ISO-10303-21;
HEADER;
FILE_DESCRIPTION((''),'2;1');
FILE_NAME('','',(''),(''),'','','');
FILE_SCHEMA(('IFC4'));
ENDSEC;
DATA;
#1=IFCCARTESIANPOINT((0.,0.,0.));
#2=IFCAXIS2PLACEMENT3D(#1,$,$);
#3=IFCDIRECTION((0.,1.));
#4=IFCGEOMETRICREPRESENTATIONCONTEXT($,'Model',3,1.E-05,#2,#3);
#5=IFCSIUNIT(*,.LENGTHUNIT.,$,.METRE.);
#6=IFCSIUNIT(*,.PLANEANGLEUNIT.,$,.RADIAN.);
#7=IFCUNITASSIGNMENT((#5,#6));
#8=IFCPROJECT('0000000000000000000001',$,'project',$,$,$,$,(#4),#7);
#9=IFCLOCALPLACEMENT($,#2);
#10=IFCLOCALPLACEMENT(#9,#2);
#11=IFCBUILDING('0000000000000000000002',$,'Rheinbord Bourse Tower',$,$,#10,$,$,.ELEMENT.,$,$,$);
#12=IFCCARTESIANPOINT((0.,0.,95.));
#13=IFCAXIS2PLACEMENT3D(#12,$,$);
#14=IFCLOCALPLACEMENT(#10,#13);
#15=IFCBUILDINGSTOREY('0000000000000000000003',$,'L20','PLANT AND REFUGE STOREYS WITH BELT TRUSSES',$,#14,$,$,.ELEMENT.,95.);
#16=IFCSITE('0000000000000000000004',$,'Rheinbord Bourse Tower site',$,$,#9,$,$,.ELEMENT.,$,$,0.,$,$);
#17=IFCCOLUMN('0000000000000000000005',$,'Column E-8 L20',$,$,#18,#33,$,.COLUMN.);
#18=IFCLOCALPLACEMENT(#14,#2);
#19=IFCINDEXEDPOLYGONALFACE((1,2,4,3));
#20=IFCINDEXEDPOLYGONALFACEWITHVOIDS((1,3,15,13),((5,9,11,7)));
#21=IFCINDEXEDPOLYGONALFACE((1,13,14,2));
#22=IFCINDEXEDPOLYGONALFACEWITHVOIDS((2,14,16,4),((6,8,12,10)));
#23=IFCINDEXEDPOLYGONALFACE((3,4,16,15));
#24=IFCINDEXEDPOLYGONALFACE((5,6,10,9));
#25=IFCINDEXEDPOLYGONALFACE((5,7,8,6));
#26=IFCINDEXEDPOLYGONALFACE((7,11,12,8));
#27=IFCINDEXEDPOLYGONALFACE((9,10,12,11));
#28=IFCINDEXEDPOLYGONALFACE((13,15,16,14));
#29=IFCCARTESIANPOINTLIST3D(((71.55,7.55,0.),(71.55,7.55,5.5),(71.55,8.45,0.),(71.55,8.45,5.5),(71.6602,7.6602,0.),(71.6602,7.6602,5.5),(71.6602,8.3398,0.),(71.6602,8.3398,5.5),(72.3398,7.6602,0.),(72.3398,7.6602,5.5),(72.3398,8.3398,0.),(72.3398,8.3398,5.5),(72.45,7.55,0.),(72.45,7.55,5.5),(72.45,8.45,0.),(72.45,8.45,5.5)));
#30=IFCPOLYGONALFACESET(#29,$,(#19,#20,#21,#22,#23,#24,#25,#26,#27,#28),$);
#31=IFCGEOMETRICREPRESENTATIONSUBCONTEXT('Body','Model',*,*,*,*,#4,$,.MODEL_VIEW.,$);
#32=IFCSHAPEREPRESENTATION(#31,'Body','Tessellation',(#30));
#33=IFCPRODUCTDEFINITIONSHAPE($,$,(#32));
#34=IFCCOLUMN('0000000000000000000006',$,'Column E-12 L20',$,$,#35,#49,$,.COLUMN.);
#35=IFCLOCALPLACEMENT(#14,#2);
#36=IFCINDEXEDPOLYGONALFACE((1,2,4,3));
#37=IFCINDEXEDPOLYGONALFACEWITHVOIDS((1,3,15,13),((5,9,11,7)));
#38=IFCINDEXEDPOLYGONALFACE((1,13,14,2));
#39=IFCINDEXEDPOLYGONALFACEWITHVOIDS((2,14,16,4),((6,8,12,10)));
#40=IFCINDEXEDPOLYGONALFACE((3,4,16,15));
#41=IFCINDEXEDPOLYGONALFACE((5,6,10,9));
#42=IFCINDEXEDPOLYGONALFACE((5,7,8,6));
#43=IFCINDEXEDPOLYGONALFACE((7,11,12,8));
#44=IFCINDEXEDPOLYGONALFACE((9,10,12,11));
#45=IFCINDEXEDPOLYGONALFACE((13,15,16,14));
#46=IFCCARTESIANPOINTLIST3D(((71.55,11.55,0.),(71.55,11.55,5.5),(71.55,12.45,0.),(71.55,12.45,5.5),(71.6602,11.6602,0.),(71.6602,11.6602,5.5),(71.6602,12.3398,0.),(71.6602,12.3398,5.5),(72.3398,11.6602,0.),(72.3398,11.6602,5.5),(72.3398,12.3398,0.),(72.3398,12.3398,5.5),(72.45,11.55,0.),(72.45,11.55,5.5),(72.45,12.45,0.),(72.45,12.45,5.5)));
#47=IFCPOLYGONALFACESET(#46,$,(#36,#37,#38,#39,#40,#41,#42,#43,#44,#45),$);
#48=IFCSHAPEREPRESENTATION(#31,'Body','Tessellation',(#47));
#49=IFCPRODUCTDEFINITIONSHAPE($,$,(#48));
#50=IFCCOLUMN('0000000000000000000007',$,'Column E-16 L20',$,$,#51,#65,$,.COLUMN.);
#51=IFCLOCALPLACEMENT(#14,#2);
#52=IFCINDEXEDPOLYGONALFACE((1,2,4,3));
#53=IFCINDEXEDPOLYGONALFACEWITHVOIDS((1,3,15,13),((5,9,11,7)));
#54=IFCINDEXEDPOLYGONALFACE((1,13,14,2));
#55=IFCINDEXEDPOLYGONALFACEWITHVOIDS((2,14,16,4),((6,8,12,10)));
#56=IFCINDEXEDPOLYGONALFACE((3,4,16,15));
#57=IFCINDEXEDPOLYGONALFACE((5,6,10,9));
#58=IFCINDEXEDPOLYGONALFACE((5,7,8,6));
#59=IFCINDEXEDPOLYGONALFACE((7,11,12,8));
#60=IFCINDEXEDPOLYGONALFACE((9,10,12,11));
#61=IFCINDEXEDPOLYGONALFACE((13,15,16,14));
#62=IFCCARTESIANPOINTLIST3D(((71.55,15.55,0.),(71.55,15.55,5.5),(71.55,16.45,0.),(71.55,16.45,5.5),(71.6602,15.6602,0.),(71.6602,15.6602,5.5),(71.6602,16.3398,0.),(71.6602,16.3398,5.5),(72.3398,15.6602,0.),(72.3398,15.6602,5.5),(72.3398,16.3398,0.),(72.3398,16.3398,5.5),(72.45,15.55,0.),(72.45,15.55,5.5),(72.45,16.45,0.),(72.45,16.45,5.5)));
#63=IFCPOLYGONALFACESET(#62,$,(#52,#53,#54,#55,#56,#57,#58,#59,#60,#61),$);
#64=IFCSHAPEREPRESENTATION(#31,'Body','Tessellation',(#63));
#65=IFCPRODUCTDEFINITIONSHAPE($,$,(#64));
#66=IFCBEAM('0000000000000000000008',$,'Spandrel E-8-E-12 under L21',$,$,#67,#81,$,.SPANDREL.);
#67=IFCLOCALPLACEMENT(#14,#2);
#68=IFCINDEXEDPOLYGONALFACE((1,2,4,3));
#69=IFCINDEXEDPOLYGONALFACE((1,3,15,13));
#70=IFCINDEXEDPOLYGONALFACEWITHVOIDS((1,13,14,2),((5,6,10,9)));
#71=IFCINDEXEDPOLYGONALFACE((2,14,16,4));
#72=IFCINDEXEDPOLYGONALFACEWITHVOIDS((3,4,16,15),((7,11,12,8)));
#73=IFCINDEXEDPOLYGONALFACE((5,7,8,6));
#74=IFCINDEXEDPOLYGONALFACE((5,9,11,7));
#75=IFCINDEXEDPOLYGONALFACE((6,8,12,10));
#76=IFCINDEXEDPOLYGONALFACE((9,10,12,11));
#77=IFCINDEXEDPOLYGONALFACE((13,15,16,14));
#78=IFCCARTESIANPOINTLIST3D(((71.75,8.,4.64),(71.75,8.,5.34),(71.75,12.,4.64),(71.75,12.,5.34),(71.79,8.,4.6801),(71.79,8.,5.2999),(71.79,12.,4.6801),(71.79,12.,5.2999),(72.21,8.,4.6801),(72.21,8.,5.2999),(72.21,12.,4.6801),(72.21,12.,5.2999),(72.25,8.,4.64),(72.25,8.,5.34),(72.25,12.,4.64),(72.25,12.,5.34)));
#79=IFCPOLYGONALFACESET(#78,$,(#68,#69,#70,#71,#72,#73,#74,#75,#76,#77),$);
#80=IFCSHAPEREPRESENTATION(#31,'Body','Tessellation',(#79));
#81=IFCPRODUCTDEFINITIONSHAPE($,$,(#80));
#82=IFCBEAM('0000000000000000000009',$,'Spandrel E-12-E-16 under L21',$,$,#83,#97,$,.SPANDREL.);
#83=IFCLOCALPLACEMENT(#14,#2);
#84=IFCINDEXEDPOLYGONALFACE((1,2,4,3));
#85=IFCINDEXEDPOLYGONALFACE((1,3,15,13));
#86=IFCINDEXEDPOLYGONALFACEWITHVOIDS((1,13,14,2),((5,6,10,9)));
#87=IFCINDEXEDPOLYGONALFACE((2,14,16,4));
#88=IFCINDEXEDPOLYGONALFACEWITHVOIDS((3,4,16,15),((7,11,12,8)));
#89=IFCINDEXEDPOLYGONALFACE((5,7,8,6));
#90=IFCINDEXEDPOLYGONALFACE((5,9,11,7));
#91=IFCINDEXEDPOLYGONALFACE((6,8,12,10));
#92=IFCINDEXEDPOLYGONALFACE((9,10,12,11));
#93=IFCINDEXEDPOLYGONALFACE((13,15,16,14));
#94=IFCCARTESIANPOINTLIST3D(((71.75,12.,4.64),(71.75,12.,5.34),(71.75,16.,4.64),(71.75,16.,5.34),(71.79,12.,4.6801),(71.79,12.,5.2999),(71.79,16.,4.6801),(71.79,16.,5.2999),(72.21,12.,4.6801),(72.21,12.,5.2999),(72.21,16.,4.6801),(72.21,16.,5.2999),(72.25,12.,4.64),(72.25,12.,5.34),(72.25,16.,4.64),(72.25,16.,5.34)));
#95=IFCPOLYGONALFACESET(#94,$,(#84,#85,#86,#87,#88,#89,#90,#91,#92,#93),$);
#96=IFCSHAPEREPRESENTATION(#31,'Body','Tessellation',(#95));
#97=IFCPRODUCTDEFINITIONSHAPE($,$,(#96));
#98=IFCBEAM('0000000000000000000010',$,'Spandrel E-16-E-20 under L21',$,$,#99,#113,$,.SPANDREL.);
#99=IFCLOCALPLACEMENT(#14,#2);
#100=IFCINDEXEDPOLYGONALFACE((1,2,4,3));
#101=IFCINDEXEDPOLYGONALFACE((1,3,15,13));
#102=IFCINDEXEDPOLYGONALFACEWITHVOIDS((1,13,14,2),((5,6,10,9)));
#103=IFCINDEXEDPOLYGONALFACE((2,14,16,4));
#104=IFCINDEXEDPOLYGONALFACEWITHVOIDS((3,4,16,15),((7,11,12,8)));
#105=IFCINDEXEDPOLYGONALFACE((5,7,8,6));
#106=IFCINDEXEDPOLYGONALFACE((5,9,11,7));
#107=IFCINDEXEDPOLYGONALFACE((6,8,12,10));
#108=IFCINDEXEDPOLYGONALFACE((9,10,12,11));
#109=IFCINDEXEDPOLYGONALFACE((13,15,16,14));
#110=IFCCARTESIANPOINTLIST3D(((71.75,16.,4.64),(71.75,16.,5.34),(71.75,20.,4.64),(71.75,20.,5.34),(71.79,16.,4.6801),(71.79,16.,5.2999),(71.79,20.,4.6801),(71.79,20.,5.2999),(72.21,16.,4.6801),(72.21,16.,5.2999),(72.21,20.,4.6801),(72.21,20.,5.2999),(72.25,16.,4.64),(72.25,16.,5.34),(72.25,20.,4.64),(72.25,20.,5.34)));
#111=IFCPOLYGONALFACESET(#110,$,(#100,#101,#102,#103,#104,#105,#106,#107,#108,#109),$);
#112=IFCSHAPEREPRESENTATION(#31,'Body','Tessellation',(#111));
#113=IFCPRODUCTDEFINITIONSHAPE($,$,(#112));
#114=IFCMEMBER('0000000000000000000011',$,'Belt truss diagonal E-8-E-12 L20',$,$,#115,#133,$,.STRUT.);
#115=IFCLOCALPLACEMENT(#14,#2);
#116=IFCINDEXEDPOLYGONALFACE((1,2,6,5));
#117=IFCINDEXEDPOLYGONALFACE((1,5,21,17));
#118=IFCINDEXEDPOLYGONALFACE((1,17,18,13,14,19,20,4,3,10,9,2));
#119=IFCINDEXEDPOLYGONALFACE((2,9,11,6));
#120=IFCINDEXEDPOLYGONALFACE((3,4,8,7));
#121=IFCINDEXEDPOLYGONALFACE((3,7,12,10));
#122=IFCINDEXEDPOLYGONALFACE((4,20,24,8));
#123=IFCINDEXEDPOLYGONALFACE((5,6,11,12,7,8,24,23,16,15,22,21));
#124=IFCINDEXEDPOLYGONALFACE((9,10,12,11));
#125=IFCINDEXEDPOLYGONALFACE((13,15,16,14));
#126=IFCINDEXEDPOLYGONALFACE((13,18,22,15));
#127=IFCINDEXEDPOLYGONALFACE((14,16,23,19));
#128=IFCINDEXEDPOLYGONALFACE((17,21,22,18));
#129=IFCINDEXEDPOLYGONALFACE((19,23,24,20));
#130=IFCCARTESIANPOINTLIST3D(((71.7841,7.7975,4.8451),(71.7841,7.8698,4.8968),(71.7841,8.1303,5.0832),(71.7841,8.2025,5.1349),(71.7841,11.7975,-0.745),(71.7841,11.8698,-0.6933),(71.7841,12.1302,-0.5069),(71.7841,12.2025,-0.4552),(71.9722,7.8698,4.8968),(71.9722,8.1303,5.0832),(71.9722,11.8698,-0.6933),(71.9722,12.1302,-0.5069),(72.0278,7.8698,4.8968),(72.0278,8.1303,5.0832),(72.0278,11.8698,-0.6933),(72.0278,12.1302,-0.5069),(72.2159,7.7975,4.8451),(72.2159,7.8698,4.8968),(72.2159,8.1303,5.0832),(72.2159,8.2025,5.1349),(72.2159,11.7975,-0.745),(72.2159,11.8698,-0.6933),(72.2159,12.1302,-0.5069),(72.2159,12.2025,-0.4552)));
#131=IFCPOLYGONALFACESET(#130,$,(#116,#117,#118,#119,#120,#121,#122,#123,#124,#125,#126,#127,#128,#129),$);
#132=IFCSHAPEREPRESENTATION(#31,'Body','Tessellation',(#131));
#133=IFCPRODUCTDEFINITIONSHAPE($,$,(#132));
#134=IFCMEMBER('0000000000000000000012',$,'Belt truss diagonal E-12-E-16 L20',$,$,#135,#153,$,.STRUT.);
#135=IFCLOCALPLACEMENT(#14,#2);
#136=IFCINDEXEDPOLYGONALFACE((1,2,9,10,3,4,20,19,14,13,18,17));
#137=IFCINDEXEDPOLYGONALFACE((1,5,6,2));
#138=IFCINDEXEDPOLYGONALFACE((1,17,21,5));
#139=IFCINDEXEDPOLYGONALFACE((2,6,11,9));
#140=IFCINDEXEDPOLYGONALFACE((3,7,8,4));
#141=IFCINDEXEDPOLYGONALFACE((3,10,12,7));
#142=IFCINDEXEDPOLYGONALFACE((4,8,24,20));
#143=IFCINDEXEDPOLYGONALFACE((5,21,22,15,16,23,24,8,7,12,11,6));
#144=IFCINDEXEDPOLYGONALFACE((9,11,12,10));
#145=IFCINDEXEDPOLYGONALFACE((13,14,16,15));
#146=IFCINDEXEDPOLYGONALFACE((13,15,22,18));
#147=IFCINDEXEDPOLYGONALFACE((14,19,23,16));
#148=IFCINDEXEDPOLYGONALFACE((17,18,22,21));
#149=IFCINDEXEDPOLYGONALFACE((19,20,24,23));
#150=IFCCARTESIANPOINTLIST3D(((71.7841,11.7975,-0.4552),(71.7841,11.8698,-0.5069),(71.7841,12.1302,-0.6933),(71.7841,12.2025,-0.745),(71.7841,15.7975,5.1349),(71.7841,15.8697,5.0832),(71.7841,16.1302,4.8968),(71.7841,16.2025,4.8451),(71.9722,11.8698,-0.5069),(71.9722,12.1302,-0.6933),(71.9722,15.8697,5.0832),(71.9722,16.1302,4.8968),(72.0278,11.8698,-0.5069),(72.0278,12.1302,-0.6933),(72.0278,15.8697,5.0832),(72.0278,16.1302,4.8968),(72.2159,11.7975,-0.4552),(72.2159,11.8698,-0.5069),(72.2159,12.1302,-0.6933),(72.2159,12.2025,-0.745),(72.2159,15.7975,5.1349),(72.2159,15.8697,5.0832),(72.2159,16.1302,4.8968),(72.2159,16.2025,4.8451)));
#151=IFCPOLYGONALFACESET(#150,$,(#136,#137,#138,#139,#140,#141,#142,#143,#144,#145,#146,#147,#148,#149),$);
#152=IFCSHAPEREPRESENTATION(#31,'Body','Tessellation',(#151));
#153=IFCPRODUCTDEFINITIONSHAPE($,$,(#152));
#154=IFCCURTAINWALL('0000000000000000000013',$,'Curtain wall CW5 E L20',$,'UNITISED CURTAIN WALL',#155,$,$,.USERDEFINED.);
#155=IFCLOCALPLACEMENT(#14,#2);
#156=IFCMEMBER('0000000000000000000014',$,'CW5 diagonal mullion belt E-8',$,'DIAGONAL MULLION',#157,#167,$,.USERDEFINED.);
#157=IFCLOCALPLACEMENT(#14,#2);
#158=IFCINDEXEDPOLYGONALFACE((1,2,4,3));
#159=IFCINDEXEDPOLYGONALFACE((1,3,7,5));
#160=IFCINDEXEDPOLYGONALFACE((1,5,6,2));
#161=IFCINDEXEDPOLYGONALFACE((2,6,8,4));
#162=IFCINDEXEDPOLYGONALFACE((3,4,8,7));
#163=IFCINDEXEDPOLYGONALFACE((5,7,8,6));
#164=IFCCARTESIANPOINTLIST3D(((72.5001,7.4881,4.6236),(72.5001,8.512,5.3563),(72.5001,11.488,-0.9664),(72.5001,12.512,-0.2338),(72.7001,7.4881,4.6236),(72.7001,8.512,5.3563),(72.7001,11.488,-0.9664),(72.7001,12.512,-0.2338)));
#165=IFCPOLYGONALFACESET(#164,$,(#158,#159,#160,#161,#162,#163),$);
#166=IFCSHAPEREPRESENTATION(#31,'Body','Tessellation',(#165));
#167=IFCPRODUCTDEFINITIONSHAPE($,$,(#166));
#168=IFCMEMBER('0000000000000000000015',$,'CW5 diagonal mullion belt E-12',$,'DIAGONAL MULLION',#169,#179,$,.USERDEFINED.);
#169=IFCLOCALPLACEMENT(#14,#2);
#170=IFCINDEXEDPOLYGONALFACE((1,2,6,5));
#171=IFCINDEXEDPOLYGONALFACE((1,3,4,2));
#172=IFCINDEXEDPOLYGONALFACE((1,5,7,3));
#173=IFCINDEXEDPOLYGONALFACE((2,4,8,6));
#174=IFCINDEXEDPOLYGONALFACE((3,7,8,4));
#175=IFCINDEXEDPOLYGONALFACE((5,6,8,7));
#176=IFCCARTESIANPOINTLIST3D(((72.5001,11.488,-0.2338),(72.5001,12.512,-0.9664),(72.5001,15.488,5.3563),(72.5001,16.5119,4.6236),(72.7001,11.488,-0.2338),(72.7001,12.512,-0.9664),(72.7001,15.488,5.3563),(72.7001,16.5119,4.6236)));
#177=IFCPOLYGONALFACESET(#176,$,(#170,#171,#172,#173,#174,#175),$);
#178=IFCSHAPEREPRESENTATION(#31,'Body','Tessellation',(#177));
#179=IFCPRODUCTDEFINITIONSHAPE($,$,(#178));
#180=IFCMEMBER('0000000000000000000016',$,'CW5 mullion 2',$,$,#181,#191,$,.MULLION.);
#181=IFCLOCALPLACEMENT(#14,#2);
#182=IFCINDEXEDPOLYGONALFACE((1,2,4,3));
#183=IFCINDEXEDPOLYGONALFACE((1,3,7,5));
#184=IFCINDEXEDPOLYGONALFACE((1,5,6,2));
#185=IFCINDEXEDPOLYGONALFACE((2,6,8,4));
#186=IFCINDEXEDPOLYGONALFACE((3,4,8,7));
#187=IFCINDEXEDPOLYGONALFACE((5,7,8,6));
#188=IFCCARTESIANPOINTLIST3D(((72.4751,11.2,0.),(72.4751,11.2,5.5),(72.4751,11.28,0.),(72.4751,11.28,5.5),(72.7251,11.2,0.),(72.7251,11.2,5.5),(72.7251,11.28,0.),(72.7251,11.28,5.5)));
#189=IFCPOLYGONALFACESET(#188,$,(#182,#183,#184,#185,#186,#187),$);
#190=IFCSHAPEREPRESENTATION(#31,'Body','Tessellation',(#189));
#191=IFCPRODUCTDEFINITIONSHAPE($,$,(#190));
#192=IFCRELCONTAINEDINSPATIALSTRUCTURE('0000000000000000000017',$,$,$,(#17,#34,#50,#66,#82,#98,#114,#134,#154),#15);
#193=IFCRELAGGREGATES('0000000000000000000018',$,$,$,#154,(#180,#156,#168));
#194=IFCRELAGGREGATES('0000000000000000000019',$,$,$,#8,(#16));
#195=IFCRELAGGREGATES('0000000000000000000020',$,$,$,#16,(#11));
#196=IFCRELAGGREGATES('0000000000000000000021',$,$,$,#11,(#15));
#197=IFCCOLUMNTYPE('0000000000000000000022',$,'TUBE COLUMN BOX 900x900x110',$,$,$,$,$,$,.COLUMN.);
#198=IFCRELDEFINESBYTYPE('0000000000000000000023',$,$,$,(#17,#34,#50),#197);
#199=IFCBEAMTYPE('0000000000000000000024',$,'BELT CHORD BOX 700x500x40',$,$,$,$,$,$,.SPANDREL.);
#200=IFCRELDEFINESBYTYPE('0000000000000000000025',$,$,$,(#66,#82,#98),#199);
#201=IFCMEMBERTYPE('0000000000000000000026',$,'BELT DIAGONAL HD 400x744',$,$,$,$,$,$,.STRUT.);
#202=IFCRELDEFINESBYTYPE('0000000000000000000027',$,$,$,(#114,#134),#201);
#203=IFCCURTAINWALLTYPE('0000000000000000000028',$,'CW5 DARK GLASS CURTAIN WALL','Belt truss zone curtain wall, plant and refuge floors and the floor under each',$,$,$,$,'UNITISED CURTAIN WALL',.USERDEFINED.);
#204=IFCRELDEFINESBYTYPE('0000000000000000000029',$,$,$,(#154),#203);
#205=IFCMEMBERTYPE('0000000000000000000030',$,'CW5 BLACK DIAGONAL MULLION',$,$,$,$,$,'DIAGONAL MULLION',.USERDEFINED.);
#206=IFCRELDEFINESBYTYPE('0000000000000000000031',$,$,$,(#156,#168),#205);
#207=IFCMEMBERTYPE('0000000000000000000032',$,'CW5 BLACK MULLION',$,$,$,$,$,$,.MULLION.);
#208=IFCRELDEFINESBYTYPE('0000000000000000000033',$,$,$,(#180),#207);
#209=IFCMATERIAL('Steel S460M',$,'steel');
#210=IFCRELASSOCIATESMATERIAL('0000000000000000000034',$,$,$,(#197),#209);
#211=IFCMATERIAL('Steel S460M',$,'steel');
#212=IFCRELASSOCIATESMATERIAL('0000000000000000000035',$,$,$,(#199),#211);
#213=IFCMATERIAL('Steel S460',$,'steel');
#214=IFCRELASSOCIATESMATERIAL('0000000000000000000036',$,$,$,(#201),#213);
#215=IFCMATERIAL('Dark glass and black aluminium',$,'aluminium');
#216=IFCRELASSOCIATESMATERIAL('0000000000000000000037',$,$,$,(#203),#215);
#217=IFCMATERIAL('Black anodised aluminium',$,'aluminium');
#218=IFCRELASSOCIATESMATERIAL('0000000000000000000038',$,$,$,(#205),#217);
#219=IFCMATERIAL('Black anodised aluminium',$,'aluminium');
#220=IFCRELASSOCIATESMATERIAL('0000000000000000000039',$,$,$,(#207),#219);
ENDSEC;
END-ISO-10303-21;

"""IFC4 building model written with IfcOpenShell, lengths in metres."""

from ifc_helpers import new_model, si_unit, direction, frame, origin, origin_2d, place, context, subcontext, project, spatial, rectangle, hollow_rectangle, i_section, extrude, material, material_profile, profile_set, type_object, element, aggregate, save


model = new_model("IFC4")

# Units and contexts
model_context = context("Model", 3, precision=1e-05, world=origin(), true_north=direction((0.0, 1.0)))
body_context = subcontext(model_context, "Body", "Model", "MODEL_VIEW")
ifc_project = project(units=[si_unit("LENGTHUNIT", "METRE"), si_unit("PLANEANGLEUNIT", "RADIAN")], contexts=[model_context])

# Site, building, storey
site_placement = place(None, origin())
site = spatial("IfcSite", under=ifc_project, at=site_placement, Name="Rheinbord Bourse Tower site", CompositionType="ELEMENT", RefElevation=0.0)
building_placement = place(site_placement, origin())
building = spatial("IfcBuilding", under=site, at=building_placement, Name="Rheinbord Bourse Tower", CompositionType="ELEMENT")
storey_placement = place(building_placement, frame((0.0, 0.0, 95.0)))
storey = spatial("IfcBuildingStorey", under=building, at=storey_placement, Name="L20", Description="PLANT AND REFUGE STOREYS WITH BELT TRUSSES", CompositionType="ELEMENT", Elevation=95.0)

# Columns
ifc_material_1 = material(Name="Steel S460M", Category="steel")
ifc_material_profile_1 = material_profile(ifc_material_1, hollow_rectangle(XDim=0.8999, YDim=0.8999, WallThickness=0.1101, at=origin_2d()), Name="BOX 900x900x110")
ifc_profile_set_1 = profile_set([ifc_material_profile_1], Name="Steel S460M")
column_type = type_object("IfcColumnType", Name="TUBE COLUMN BOX 900x900x110", PredefinedType="COLUMN", material=ifc_profile_set_1)
for number, where, z_axis, x_axis, name in (
    (1, (72.0, 8.0, 0.0), (0.0, 0.0, 1.0), (1.0, 0.0, 0.0), "Column E-8 L20"),
    (2, (72.0, 12.0, 0.0), (0.0, 0.0, 1.0), (1.0, 0.0, 0.0), "Column E-12 L20"),
    (3, (72.0, 16.0, 0.0), (0.0, 0.0, 1.0), (1.0, 0.0, 0.0), "Column E-16 L20"),
):
    element("IfcColumn", number, at=place(storey_placement, frame(where, z_axis=z_axis, x_axis=x_axis)), inside=storey, type_object=column_type, Name=name, PredefinedType="COLUMN", context=body_context, shape_type="SweptSolid", body=[
        extrude(hollow_rectangle(XDim=0.8999, YDim=0.8999, WallThickness=0.1101, at=origin_2d()), origin(), (0.0, 0.0, 1.0), 5.5),
    ])

# Beams
ifc_material_2 = material(Name="Steel S460M", Category="steel")
ifc_material_profile_2 = material_profile(ifc_material_2, hollow_rectangle(XDim=0.5, YDim=0.7, WallThickness=0.04, at=origin_2d()), Name="BOX 700x500x40")
ifc_profile_set_2 = profile_set([ifc_material_profile_2], Name="Steel S460M")
beam_type_1 = type_object("IfcBeamType", Name="BELT CHORD BOX 700x500x40", PredefinedType="SPANDREL", material=ifc_profile_set_2)
for number, where, z_axis, x_axis, name in (
    (4, (72.0, 8.0, 4.99), (0.0, 1.0, 0.0), (-1.0, 0.0, 0.0), "Spandrel E-8-E-12 under L21"),
    (5, (72.0, 12.0, 4.99), (0.0, 1.0, 0.0), (-1.0, 0.0, 0.0), "Spandrel E-12-E-16 under L21"),
    (6, (72.0, 16.0, 4.99), (0.0, 1.0, 0.0), (-1.0, 0.0, 0.0), "Spandrel E-16-E-20 under L21"),
):
    element("IfcBeam", number, at=place(storey_placement, frame(where, z_axis=z_axis, x_axis=x_axis)), inside=storey, type_object=beam_type_1, Name=name, PredefinedType="SPANDREL", context=body_context, shape_type="SweptSolid", body=[
        extrude(hollow_rectangle(XDim=0.5, YDim=0.7, WallThickness=0.04, at=origin_2d()), origin(), (0.0, 0.0, 1.0), 4.0),
    ])

# Members
ifc_material_3 = material(Name="Steel S460", Category="steel")
ifc_material_profile_3 = material_profile(ifc_material_3, i_section(OverallWidth=0.4319, OverallDepth=0.498, WebThickness=0.0557, FlangeThickness=0.0889, at=origin_2d()), Name="HD 400x744")
ifc_profile_set_3 = profile_set([ifc_material_profile_3], Name="Steel S460")
member_type_1 = type_object("IfcMemberType", Name="BELT DIAGONAL HD 400x744", PredefinedType="STRUT", material=ifc_profile_set_3)
for number, where, z_axis, x_axis, name in (
    (7, (72.0, 12.0, -0.6001), (0.0, -0.58192, 0.813246), (1.0, 0.0, 0.0), "Belt truss diagonal E-8-E-12 L20"),
    (8, (72.0, 12.0, -0.6001), (0.0, 0.58192, 0.813246), (-1.0, 0.0, 0.0), "Belt truss diagonal E-12-E-16 L20"),
):
    element("IfcMember", number, at=place(storey_placement, frame(where, z_axis=z_axis, x_axis=x_axis)), inside=storey, type_object=member_type_1, Name=name, PredefinedType="STRUT", context=body_context, shape_type="SweptSolid", body=[
        extrude(i_section(OverallWidth=0.4319, OverallDepth=0.498, WebThickness=0.0557, FlangeThickness=0.0889, at=origin_2d()), origin(), (0.0, 0.0, 1.0), 6.8738),
    ])

# Curtain wall, members
ifc_material_4 = material(Name="Dark glass and black aluminium", Category="aluminium")
curtain_wall_type = type_object("IfcCurtainWallType", Name="CW5 DARK GLASS CURTAIN WALL", Description="Belt truss zone curtain wall, plant and refuge floors and the floor under each", ElementType="UNITISED CURTAIN WALL", PredefinedType="USERDEFINED", material=ifc_material_4)
curtain_wall_placement = place(storey_placement, origin())
curtain_wall = element("IfcCurtainWall", 9, at=curtain_wall_placement, inside=storey, type_object=curtain_wall_type, Name="Curtain wall CW5 E L20", ObjectType="UNITISED CURTAIN WALL", PredefinedType="USERDEFINED")
ifc_material_5 = material(Name="Black anodised aluminium", Category="aluminium")
ifc_material_profile_4 = material_profile(ifc_material_5, rectangle(XDim=0.2, YDim=1.259, at=origin_2d()), Name="CW5 DIAGONAL MULLION 1259x200")
ifc_profile_set_4 = profile_set([ifc_material_profile_4], Name="Black anodised aluminium")
member_type_2 = type_object("IfcMemberType", Name="CW5 BLACK DIAGONAL MULLION", ElementType="DIAGONAL MULLION", PredefinedType="USERDEFINED", material=ifc_profile_set_4)
member_1_placement = place(storey_placement, frame((72.6001, 12.0, -0.6001), z_axis=(0.0, -0.58192, 0.813246), x_axis=(1.0, 0.0, 0.0)))
member_1 = element("IfcMember", 10, at=member_1_placement, type_object=member_type_2, Name="CW5 diagonal mullion belt E-8", ObjectType="DIAGONAL MULLION", PredefinedType="USERDEFINED", context=body_context, shape_type="SweptSolid", body=[
    extrude(rectangle(XDim=0.2, YDim=1.259, at=origin_2d()), origin(), (0.0, 0.0, 1.0), 6.8738),
])
member_2_placement = place(storey_placement, frame((72.6001, 12.0, -0.6001), z_axis=(0.0, 0.58192, 0.813246), x_axis=(-1.0, 0.0, 0.0)))
member_2 = element("IfcMember", 11, at=member_2_placement, type_object=member_type_2, Name="CW5 diagonal mullion belt E-12", ObjectType="DIAGONAL MULLION", PredefinedType="USERDEFINED", context=body_context, shape_type="SweptSolid", body=[
    extrude(rectangle(XDim=0.2, YDim=1.259, at=origin_2d()), origin(), (0.0, 0.0, 1.0), 6.8738),
])
ifc_material_6 = material(Name="Black anodised aluminium", Category="aluminium")
ifc_material_profile_5 = material_profile(ifc_material_6, rectangle(XDim=0.25, YDim=0.0801, at=origin_2d()), Name="CW5 MULLION 80x250")
ifc_profile_set_5 = profile_set([ifc_material_profile_5], Name="Black anodised aluminium")
member_type_3 = type_object("IfcMemberType", Name="CW5 BLACK MULLION", PredefinedType="MULLION", material=ifc_profile_set_5)
member_3_placement = place(storey_placement, frame((72.6001, 11.24, 0.0), z_axis=(0.0, 0.0, 1.0), x_axis=(-1.0, 0.0, 0.0)))
member_3 = element("IfcMember", 12, at=member_3_placement, type_object=member_type_3, Name="CW5 mullion 2", PredefinedType="MULLION", context=body_context, shape_type="SweptSolid", body=[
    extrude(rectangle(XDim=0.25, YDim=0.0801, at=origin_2d()), origin(), (0.0, 0.0, 1.0), 5.5),
])

aggregate(curtain_wall, [member_3, member_1, member_2])

save(model, "model.ifc")
